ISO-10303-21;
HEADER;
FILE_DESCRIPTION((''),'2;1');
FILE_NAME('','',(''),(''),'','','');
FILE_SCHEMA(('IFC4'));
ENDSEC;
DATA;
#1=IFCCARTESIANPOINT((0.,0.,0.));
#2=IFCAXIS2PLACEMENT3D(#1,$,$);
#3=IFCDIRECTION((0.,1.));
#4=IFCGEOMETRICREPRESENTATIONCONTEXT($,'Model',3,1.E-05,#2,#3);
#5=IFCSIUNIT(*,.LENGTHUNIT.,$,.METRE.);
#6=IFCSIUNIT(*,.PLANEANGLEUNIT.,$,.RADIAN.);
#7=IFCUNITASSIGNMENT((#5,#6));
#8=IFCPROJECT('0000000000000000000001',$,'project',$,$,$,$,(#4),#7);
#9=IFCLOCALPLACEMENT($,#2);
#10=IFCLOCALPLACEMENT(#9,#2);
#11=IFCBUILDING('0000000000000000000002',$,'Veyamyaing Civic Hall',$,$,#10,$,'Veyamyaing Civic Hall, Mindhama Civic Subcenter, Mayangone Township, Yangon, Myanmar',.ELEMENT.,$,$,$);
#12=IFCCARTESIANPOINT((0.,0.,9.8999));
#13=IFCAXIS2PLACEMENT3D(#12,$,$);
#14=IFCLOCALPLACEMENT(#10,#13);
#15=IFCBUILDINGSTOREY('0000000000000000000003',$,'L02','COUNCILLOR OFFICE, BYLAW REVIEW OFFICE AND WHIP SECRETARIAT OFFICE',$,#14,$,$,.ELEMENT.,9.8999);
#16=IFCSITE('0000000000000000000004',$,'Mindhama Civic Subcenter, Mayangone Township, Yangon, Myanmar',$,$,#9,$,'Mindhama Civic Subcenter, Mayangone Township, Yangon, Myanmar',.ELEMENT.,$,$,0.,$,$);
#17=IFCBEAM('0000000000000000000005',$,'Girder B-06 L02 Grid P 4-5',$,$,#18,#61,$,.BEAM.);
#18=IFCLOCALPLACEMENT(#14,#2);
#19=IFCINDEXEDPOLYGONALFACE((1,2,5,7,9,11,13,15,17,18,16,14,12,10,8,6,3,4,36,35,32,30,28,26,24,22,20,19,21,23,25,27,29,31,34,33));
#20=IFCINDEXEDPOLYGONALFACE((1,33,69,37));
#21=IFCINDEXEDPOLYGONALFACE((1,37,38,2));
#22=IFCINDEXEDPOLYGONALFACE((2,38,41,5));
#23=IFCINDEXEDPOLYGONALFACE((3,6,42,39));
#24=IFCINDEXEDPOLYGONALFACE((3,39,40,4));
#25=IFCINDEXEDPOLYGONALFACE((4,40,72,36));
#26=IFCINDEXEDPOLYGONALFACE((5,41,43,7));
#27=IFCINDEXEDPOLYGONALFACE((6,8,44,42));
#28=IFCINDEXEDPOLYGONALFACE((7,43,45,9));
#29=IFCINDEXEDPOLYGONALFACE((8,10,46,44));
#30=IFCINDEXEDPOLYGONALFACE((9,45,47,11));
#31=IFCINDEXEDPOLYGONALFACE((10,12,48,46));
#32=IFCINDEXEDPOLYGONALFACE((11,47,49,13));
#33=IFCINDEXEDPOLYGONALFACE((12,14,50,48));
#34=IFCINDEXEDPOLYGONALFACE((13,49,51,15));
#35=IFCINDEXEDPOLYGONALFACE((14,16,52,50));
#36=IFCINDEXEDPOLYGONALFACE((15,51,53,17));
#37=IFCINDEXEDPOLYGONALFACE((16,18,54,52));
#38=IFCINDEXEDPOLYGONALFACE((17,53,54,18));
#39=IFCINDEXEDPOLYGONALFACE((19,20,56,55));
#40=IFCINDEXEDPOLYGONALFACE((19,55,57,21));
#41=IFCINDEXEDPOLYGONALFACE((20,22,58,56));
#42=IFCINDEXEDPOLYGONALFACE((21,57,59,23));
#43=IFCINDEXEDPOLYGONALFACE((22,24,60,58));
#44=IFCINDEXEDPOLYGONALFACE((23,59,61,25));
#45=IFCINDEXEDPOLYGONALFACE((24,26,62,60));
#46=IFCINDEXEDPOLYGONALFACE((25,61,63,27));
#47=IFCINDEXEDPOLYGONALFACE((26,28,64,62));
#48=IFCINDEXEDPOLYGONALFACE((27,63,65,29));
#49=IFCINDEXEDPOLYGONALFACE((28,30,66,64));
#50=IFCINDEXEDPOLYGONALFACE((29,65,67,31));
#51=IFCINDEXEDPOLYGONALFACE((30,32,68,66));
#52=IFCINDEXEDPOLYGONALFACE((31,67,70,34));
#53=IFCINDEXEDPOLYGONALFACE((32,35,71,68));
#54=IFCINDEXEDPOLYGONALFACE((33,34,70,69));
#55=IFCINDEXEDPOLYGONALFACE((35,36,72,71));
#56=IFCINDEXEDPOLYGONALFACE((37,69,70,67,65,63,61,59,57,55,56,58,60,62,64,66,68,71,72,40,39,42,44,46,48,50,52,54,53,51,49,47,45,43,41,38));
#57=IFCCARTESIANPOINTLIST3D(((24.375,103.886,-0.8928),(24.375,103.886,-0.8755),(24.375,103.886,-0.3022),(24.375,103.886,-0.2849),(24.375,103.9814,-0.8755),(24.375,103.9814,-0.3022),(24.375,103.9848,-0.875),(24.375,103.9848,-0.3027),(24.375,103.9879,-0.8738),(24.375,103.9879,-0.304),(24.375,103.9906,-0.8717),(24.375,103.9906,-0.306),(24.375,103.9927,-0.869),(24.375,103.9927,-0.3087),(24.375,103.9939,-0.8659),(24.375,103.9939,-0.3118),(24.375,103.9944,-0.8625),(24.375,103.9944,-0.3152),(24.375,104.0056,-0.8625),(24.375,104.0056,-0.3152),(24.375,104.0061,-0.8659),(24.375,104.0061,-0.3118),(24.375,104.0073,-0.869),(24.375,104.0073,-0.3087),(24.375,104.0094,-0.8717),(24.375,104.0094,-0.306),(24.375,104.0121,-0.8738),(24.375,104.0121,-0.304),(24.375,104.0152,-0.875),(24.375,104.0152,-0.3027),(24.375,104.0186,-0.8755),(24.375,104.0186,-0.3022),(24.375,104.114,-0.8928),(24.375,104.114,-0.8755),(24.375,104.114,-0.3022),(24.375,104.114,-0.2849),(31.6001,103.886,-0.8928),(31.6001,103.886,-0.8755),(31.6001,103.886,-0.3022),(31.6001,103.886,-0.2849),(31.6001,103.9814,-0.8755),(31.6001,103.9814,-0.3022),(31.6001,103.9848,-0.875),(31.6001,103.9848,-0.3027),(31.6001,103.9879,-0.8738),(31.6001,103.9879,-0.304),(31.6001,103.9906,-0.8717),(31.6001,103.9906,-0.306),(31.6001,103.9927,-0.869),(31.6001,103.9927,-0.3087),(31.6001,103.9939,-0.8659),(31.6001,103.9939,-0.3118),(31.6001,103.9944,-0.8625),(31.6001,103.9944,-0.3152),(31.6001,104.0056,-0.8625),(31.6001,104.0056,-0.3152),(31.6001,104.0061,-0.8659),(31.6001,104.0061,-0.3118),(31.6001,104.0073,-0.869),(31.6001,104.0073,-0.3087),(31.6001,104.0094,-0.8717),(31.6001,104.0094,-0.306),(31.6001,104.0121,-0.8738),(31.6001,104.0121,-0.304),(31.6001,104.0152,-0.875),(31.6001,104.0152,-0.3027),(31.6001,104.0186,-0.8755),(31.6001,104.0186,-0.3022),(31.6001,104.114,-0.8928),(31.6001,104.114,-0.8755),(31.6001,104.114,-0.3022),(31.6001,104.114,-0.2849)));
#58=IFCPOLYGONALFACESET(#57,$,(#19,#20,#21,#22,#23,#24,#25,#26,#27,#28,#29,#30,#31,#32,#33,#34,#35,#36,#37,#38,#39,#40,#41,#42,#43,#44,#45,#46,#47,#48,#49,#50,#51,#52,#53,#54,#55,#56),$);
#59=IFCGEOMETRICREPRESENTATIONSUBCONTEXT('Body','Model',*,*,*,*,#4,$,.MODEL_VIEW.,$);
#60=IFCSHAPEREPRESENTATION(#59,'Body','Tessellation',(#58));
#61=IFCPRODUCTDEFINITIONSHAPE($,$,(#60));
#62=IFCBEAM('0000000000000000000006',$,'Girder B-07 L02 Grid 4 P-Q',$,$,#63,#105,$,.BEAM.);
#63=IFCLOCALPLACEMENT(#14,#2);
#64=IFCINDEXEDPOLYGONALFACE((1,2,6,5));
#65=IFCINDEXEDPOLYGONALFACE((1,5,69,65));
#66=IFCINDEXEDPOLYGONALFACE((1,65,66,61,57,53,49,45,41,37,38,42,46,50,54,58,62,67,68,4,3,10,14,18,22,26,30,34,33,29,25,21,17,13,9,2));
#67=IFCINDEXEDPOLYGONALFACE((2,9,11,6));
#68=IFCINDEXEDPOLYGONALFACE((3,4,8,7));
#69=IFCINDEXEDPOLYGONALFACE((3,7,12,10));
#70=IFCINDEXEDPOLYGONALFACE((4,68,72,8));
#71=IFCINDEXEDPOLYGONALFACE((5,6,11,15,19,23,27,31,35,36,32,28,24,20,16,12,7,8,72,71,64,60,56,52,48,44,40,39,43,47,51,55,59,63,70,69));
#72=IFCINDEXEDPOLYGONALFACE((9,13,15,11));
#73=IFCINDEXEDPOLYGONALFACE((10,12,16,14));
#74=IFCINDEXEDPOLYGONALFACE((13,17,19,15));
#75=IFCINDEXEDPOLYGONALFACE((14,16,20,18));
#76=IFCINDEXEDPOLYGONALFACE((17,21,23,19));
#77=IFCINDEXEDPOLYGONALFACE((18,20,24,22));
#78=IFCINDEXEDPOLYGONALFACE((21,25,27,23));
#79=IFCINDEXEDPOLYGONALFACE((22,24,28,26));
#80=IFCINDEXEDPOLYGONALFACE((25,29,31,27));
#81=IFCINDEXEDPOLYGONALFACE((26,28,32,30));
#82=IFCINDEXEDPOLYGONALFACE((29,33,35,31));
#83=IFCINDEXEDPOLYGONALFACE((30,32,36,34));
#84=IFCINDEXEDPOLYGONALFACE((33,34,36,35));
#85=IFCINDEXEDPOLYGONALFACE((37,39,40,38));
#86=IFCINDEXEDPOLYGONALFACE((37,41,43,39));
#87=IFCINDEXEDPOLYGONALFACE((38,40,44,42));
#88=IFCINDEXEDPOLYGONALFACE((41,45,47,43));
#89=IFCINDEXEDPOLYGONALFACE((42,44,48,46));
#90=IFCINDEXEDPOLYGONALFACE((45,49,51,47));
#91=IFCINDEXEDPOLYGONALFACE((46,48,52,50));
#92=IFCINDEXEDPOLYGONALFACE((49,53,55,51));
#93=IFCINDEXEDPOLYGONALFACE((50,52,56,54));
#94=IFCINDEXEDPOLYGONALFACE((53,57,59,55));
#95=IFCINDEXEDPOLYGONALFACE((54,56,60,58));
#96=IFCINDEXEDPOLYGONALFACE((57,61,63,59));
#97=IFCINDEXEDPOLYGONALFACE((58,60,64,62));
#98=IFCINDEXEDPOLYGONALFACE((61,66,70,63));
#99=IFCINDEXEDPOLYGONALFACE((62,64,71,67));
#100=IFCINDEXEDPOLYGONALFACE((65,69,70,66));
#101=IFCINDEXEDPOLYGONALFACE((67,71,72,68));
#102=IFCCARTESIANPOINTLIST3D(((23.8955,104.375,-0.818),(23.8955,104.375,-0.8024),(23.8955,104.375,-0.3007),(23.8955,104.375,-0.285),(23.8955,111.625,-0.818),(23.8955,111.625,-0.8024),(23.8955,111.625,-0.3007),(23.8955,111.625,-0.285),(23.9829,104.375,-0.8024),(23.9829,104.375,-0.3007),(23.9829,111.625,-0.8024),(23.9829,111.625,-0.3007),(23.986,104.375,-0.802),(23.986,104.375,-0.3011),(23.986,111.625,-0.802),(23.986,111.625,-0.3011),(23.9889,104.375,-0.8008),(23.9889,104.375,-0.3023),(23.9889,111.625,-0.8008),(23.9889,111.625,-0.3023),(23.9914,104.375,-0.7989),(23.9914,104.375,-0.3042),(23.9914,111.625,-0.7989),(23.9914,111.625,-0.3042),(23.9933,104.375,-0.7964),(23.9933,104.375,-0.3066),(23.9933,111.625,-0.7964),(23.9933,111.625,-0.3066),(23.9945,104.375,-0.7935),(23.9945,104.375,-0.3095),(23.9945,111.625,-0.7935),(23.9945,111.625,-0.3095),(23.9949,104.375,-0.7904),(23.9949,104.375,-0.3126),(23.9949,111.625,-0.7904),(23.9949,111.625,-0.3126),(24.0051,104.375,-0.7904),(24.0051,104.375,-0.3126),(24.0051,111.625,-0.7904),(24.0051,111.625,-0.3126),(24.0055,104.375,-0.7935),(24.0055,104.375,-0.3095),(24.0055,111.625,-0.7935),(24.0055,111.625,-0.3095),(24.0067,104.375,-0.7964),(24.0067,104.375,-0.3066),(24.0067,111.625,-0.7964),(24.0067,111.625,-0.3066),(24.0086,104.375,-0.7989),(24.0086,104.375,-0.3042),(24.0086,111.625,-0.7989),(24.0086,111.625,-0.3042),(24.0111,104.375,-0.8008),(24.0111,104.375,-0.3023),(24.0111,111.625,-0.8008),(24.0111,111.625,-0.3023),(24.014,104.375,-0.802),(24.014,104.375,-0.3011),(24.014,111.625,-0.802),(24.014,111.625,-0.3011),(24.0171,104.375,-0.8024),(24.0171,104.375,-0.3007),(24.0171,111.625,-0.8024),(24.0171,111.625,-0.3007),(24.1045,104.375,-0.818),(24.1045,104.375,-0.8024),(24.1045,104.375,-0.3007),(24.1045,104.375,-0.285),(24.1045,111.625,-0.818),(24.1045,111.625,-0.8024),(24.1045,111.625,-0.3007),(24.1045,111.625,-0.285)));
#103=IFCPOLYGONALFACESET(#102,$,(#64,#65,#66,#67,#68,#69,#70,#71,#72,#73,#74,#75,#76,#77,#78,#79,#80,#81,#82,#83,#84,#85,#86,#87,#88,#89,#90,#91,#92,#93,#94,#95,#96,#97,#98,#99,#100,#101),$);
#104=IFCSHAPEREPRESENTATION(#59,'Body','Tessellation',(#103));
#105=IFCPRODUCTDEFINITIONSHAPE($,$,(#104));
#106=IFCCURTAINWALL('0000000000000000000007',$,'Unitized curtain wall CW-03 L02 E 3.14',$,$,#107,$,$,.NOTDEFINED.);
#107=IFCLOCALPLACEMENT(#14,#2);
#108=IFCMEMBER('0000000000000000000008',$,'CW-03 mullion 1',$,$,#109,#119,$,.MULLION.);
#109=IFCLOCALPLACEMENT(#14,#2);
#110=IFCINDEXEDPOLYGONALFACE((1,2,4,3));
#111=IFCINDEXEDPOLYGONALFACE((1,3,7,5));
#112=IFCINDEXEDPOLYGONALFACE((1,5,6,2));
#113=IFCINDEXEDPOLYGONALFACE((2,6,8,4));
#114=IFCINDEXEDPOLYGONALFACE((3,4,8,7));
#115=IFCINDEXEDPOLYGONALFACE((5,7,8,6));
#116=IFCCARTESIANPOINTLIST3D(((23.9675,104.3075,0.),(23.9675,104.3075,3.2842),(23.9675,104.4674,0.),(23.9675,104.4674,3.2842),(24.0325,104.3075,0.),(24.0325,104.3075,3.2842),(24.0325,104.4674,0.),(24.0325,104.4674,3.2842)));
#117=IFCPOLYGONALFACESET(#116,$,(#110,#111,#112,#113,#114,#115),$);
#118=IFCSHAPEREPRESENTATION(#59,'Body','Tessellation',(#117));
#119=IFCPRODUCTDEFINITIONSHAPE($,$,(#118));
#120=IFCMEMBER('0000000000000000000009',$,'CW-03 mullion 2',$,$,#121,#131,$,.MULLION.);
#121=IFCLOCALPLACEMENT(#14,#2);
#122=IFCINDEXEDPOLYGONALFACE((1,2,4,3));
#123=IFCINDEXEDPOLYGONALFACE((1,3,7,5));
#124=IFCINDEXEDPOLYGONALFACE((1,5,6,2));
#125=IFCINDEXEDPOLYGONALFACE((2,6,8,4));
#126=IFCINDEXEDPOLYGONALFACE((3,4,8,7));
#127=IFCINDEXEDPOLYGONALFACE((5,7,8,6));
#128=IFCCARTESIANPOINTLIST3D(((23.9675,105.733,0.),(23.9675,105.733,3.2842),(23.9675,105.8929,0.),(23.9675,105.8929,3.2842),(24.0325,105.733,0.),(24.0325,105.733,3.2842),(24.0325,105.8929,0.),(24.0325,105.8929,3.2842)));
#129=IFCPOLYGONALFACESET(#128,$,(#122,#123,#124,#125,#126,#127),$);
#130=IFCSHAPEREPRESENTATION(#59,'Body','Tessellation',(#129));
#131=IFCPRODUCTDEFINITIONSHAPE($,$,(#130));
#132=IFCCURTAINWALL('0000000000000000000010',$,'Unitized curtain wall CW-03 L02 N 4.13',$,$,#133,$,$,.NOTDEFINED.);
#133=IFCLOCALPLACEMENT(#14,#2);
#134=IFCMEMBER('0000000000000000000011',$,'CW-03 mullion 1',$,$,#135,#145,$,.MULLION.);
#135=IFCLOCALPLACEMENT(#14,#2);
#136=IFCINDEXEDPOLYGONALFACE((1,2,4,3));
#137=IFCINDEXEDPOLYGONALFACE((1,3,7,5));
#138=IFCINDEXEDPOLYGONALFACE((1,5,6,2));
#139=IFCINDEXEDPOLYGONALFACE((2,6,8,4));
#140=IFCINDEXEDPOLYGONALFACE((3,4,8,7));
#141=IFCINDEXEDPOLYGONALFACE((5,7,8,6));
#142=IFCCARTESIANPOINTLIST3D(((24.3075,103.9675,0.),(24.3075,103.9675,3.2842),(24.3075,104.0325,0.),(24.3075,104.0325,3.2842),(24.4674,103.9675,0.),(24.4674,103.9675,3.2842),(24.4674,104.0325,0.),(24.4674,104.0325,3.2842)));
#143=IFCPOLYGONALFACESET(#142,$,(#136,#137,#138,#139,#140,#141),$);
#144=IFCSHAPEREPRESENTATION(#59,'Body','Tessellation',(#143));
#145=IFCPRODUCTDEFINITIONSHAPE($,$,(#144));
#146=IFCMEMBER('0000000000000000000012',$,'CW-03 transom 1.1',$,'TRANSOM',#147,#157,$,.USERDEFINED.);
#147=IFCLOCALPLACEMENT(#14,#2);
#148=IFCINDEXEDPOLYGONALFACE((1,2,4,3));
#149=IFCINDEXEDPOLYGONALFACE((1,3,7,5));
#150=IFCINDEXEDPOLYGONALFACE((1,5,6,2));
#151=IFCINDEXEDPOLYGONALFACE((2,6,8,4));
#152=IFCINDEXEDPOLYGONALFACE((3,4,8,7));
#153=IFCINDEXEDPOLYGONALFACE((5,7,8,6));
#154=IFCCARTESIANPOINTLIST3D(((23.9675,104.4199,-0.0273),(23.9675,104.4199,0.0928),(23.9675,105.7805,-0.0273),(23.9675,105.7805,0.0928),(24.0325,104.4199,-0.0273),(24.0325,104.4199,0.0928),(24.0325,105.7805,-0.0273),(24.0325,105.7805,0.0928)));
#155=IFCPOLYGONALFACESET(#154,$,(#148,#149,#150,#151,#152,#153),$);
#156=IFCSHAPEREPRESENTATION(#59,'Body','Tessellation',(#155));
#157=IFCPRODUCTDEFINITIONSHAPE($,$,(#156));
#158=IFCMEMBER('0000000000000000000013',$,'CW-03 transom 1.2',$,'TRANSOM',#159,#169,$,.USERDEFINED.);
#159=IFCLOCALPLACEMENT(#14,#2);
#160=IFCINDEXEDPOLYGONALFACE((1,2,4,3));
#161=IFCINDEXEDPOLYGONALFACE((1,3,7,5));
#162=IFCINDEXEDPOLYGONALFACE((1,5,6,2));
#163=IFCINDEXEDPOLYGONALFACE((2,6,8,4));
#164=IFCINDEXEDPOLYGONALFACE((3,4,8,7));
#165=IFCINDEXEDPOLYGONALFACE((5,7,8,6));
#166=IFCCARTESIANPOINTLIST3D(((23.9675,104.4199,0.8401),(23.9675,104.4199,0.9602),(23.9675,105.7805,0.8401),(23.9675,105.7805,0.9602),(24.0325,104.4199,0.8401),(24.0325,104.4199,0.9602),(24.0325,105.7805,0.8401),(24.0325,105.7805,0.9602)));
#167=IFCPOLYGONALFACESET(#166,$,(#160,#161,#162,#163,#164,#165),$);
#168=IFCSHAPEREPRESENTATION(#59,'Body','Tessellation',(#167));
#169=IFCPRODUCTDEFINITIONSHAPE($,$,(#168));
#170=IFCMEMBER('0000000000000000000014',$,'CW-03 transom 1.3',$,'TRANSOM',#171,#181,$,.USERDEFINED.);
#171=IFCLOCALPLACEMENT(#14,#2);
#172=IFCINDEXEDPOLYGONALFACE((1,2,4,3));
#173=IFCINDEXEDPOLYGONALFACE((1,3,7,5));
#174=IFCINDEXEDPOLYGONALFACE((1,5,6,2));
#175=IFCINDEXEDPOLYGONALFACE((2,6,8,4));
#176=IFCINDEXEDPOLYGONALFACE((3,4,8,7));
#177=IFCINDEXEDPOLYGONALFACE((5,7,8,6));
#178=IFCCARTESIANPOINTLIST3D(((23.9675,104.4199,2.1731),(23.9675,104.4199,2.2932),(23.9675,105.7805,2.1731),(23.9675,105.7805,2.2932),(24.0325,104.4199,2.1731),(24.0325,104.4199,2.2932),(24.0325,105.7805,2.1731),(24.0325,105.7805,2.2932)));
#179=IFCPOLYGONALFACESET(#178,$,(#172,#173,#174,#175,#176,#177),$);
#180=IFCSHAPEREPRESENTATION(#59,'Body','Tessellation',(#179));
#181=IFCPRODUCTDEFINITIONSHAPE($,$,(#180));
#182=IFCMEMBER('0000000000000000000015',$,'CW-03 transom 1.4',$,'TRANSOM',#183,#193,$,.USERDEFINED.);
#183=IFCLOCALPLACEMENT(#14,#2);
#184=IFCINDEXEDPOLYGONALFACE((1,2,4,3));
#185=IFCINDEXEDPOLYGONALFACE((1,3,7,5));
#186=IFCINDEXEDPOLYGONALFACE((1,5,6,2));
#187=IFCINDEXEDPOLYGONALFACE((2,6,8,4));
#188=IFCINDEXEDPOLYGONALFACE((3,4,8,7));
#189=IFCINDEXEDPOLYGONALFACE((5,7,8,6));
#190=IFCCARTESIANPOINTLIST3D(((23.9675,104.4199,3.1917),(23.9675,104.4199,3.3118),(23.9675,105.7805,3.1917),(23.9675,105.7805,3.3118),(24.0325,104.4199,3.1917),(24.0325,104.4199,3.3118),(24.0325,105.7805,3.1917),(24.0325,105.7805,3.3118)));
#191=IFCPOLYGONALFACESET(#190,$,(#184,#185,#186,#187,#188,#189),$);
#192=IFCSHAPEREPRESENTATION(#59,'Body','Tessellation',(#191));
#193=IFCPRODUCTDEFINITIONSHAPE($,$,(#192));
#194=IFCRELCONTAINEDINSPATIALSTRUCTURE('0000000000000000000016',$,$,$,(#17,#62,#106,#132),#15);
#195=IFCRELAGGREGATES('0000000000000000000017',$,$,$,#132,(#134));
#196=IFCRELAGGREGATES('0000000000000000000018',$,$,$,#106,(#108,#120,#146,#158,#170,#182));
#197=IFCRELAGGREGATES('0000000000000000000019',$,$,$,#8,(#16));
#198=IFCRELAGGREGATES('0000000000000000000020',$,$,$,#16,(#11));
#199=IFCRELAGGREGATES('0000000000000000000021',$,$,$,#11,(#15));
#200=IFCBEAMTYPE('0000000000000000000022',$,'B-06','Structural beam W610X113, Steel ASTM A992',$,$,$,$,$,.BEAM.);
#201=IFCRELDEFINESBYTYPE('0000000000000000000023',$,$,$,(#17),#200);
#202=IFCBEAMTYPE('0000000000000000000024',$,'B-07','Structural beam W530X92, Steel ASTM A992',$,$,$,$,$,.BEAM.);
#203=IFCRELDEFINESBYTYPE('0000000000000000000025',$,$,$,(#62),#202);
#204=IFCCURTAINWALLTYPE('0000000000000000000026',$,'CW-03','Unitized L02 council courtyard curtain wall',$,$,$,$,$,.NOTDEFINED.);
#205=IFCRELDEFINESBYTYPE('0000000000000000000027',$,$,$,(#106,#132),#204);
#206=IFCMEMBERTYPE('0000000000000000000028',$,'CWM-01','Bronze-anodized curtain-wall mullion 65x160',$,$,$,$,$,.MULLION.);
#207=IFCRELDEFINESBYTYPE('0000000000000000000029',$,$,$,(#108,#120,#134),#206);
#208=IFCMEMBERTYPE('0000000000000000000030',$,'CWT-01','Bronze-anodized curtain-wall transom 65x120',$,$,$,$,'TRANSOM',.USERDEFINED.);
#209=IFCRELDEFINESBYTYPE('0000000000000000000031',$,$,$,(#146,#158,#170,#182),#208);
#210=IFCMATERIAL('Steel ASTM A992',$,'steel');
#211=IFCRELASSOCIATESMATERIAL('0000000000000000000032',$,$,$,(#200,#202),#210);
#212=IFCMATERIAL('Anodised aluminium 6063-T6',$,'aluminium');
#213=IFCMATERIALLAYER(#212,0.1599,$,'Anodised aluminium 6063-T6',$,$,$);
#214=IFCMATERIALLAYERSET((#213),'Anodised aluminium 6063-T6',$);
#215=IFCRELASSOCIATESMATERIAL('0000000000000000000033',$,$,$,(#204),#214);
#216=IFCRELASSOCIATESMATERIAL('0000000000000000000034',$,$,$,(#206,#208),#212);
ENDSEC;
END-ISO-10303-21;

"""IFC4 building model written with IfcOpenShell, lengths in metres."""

from ifc_helpers import new_model, si_unit, direction, frame, origin, origin_2d, place, context, subcontext, project, spatial, rectangle, i_section, extrude, material, layer, layer_set, material_profile, profile_set, type_object, element, aggregate, save


model = new_model("IFC4")

# Units and contexts
model_context = context("Model", 3, precision=1e-05, world=origin(), true_north=direction((0.0, 1.0)))
body_context = subcontext(model_context, "Body", "Model", "MODEL_VIEW")
ifc_project = project(units=[si_unit("LENGTHUNIT", "METRE"), si_unit("PLANEANGLEUNIT", "RADIAN")], contexts=[model_context])

# Site, building, storey
site_placement = place(None, origin())
site = spatial("IfcSite", under=ifc_project, at=site_placement, Name="Mindhama Civic Subcenter, Mayangone Township, Yangon, Myanmar", LongName="Mindhama Civic Subcenter, Mayangone Township, Yangon, Myanmar", CompositionType="ELEMENT", RefElevation=0.0)
building_placement = place(site_placement, origin())
building = spatial("IfcBuilding", under=site, at=building_placement, Name="Veyamyaing Civic Hall", LongName="Veyamyaing Civic Hall, Mindhama Civic Subcenter, Mayangone Township, Yangon, Myanmar", CompositionType="ELEMENT")
storey_placement = place(building_placement, frame((0.0, 0.0, 9.8999)))
storey = spatial("IfcBuildingStorey", under=building, at=storey_placement, Name="L02", Description="COUNCILLOR OFFICE, BYLAW REVIEW OFFICE AND WHIP SECRETARIAT OFFICE", CompositionType="ELEMENT", Elevation=9.8999)

# Beams
ifc_material_1 = material(Name="Steel ASTM A992", Category="steel")
ifc_material_profile_1 = material_profile(ifc_material_1, i_section(OverallWidth=0.228, OverallDepth=0.6079, WebThickness=0.0112, FlangeThickness=0.0173, FilletRadius=0.0129, at=origin_2d()), Name="W610X113")
ifc_profile_set_1 = profile_set([ifc_material_profile_1], Name="Steel ASTM A992")
beam_type_1 = type_object("IfcBeamType", Name="B-06", Description="Structural beam W610X113, Steel ASTM A992", PredefinedType="BEAM", material=ifc_profile_set_1)
beam_1_placement = place(storey_placement, frame((24.375, 104.0, -0.5889), z_axis=(1.0, 0.0, 0.0), x_axis=(0.0, 1.0, 0.0)))
element("IfcBeam", 1, at=beam_1_placement, inside=storey, type_object=beam_type_1, Name="Girder B-06 L02 Grid P 4-5", PredefinedType="BEAM", context=body_context, shape_type="SweptSolid", body=[
    extrude(i_section(OverallWidth=0.228, OverallDepth=0.6079, WebThickness=0.0112, FlangeThickness=0.0173, FilletRadius=0.0129, at=origin_2d()), origin(), (0.0, 0.0, 1.0), 7.2251),
])
ifc_material_profile_2 = material_profile(ifc_material_1, i_section(OverallWidth=0.209, OverallDepth=0.533, WebThickness=0.0103, FlangeThickness=0.0156, FilletRadius=0.012, at=origin_2d()), Name="W530X92")
ifc_profile_set_2 = profile_set([ifc_material_profile_2], Name="Steel ASTM A992")
beam_type_2 = type_object("IfcBeamType", Name="B-07", Description="Structural beam W530X92, Steel ASTM A992", PredefinedType="BEAM", material=ifc_profile_set_2)
beam_2_placement = place(storey_placement, frame((24.0, 104.375, -0.5515), z_axis=(0.0, 1.0, 0.0), x_axis=(-1.0, 0.0, 0.0)))
element("IfcBeam", 2, at=beam_2_placement, inside=storey, type_object=beam_type_2, Name="Girder B-07 L02 Grid 4 P-Q", PredefinedType="BEAM", context=body_context, shape_type="SweptSolid", body=[
    extrude(i_section(OverallWidth=0.209, OverallDepth=0.533, WebThickness=0.0103, FlangeThickness=0.0156, FilletRadius=0.012, at=origin_2d()), origin(), (0.0, 0.0, 1.0), 7.25),
])

# Curtain wall, members
ifc_material_2 = material(Name="Anodised aluminium 6063-T6", Category="aluminium")
ifc_layer_1 = layer(ifc_material_2, 0.1599, Name="Anodised aluminium 6063-T6")
ifc_layer_set_1 = layer_set([ifc_layer_1], Name="Anodised aluminium 6063-T6")
curtain_wall_type = type_object("IfcCurtainWallType", Name="CW-03", Description="Unitized L02 council courtyard curtain wall", PredefinedType="NOTDEFINED", material=ifc_layer_set_1)
curtain_wall_1_placement = place(storey_placement, origin())
curtain_wall_1 = element("IfcCurtainWall", 3, at=curtain_wall_1_placement, inside=storey, type_object=curtain_wall_type, Name="Unitized curtain wall CW-03 L02 E 3.14", PredefinedType="NOTDEFINED")
ifc_material_profile_3 = material_profile(ifc_material_2, rectangle(XDim=0.0649, YDim=0.1599, at=origin_2d()), Name="ALU-MUL-65X160")
ifc_profile_set_3 = profile_set([ifc_material_profile_3], Name="Anodised aluminium 6063-T6")
member_type_1 = type_object("IfcMemberType", Name="CWM-01", Description="Bronze-anodized curtain-wall mullion 65x160", PredefinedType="MULLION", material=ifc_profile_set_3)
member_1_placement = place(storey_placement, frame((24.0, 104.3875, 0.0), z_axis=(0.0, 0.0, 1.0), x_axis=(-1.0, 0.0, 0.0)))
member_1 = element("IfcMember", 4, at=member_1_placement, type_object=member_type_1, Name="CW-03 mullion 1", PredefinedType="MULLION", context=body_context, shape_type="SweptSolid", body=[
    extrude(rectangle(XDim=0.0649, YDim=0.1599, at=origin_2d()), origin(), (0.0, 0.0, 1.0), 3.2842),
])
member_2_placement = place(storey_placement, frame((24.0, 105.813, 0.0), z_axis=(0.0, 0.0, 1.0), x_axis=(-1.0, 0.0, 0.0)))
member_2 = element("IfcMember", 5, at=member_2_placement, type_object=member_type_1, Name="CW-03 mullion 2", PredefinedType="MULLION", context=body_context, shape_type="SweptSolid", body=[
    extrude(rectangle(XDim=0.0649, YDim=0.1599, at=origin_2d()), origin(), (0.0, 0.0, 1.0), 3.2842),
])

# Curtain wall, member
curtain_wall_2_placement = place(storey_placement, origin())
curtain_wall_2 = element("IfcCurtainWall", 6, at=curtain_wall_2_placement, inside=storey, type_object=curtain_wall_type, Name="Unitized curtain wall CW-03 L02 N 4.13", PredefinedType="NOTDEFINED")
member_3_placement = place(storey_placement, frame((24.3875, 104.0, 0.0), z_axis=(0.0, 0.0, 1.0), x_axis=(0.0, 1.0, 0.0)))
member_3 = element("IfcMember", 7, at=member_3_placement, type_object=member_type_1, Name="CW-03 mullion 1", PredefinedType="MULLION", context=body_context, shape_type="SweptSolid", body=[
    extrude(rectangle(XDim=0.0649, YDim=0.1599, at=origin_2d()), origin(), (0.0, 0.0, 1.0), 3.2842),
])

# Members
ifc_material_profile_4 = material_profile(ifc_material_2, rectangle(XDim=0.0649, YDim=0.1201, at=origin_2d()), Name="ALU-TRN-65X120")
ifc_profile_set_4 = profile_set([ifc_material_profile_4], Name="Anodised aluminium 6063-T6")
member_type_2 = type_object("IfcMemberType", Name="CWT-01", Description="Bronze-anodized curtain-wall transom 65x120", ElementType="TRANSOM", PredefinedType="USERDEFINED", material=ifc_profile_set_4)
member_4_placement = place(storey_placement, frame((24.0, 104.4199, 0.0327), z_axis=(0.0, 1.0, 0.0), x_axis=(-1.0, 0.0, 0.0)))
member_4 = element("IfcMember", 8, at=member_4_placement, type_object=member_type_2, Name="CW-03 transom 1.1", ObjectType="TRANSOM", PredefinedType="USERDEFINED", context=body_context, shape_type="SweptSolid", body=[
    extrude(rectangle(XDim=0.0649, YDim=0.1201, at=origin_2d()), origin(), (0.0, 0.0, 1.0), 1.3606),
])
member_5_placement = place(storey_placement, frame((24.0, 104.4199, 0.9001), z_axis=(0.0, 1.0, 0.0), x_axis=(-1.0, 0.0, 0.0)))
member_5 = element("IfcMember", 9, at=member_5_placement, type_object=member_type_2, Name="CW-03 transom 1.2", ObjectType="TRANSOM", PredefinedType="USERDEFINED", context=body_context, shape_type="SweptSolid", body=[
    extrude(rectangle(XDim=0.0649, YDim=0.1201, at=origin_2d()), origin(), (0.0, 0.0, 1.0), 1.3606),
])
member_6_placement = place(storey_placement, frame((24.0, 104.4199, 2.2332), z_axis=(0.0, 1.0, 0.0), x_axis=(-1.0, 0.0, 0.0)))
member_6 = element("IfcMember", 10, at=member_6_placement, type_object=member_type_2, Name="CW-03 transom 1.3", ObjectType="TRANSOM", PredefinedType="USERDEFINED", context=body_context, shape_type="SweptSolid", body=[
    extrude(rectangle(XDim=0.0649, YDim=0.1201, at=origin_2d()), origin(), (0.0, 0.0, 1.0), 1.3606),
])
member_7_placement = place(storey_placement, frame((24.0, 104.4199, 3.2517), z_axis=(0.0, 1.0, 0.0), x_axis=(-1.0, 0.0, 0.0)))
member_7 = element("IfcMember", 11, at=member_7_placement, type_object=member_type_2, Name="CW-03 transom 1.4", ObjectType="TRANSOM", PredefinedType="USERDEFINED", context=body_context, shape_type="SweptSolid", body=[
    extrude(rectangle(XDim=0.0649, YDim=0.1201, at=origin_2d()), origin(), (0.0, 0.0, 1.0), 1.3606),
])
aggregate(curtain_wall_2, [member_3])

aggregate(curtain_wall_1, [member_1, member_2, member_4, member_5, member_6, member_7])

save(model, "model.ifc")
